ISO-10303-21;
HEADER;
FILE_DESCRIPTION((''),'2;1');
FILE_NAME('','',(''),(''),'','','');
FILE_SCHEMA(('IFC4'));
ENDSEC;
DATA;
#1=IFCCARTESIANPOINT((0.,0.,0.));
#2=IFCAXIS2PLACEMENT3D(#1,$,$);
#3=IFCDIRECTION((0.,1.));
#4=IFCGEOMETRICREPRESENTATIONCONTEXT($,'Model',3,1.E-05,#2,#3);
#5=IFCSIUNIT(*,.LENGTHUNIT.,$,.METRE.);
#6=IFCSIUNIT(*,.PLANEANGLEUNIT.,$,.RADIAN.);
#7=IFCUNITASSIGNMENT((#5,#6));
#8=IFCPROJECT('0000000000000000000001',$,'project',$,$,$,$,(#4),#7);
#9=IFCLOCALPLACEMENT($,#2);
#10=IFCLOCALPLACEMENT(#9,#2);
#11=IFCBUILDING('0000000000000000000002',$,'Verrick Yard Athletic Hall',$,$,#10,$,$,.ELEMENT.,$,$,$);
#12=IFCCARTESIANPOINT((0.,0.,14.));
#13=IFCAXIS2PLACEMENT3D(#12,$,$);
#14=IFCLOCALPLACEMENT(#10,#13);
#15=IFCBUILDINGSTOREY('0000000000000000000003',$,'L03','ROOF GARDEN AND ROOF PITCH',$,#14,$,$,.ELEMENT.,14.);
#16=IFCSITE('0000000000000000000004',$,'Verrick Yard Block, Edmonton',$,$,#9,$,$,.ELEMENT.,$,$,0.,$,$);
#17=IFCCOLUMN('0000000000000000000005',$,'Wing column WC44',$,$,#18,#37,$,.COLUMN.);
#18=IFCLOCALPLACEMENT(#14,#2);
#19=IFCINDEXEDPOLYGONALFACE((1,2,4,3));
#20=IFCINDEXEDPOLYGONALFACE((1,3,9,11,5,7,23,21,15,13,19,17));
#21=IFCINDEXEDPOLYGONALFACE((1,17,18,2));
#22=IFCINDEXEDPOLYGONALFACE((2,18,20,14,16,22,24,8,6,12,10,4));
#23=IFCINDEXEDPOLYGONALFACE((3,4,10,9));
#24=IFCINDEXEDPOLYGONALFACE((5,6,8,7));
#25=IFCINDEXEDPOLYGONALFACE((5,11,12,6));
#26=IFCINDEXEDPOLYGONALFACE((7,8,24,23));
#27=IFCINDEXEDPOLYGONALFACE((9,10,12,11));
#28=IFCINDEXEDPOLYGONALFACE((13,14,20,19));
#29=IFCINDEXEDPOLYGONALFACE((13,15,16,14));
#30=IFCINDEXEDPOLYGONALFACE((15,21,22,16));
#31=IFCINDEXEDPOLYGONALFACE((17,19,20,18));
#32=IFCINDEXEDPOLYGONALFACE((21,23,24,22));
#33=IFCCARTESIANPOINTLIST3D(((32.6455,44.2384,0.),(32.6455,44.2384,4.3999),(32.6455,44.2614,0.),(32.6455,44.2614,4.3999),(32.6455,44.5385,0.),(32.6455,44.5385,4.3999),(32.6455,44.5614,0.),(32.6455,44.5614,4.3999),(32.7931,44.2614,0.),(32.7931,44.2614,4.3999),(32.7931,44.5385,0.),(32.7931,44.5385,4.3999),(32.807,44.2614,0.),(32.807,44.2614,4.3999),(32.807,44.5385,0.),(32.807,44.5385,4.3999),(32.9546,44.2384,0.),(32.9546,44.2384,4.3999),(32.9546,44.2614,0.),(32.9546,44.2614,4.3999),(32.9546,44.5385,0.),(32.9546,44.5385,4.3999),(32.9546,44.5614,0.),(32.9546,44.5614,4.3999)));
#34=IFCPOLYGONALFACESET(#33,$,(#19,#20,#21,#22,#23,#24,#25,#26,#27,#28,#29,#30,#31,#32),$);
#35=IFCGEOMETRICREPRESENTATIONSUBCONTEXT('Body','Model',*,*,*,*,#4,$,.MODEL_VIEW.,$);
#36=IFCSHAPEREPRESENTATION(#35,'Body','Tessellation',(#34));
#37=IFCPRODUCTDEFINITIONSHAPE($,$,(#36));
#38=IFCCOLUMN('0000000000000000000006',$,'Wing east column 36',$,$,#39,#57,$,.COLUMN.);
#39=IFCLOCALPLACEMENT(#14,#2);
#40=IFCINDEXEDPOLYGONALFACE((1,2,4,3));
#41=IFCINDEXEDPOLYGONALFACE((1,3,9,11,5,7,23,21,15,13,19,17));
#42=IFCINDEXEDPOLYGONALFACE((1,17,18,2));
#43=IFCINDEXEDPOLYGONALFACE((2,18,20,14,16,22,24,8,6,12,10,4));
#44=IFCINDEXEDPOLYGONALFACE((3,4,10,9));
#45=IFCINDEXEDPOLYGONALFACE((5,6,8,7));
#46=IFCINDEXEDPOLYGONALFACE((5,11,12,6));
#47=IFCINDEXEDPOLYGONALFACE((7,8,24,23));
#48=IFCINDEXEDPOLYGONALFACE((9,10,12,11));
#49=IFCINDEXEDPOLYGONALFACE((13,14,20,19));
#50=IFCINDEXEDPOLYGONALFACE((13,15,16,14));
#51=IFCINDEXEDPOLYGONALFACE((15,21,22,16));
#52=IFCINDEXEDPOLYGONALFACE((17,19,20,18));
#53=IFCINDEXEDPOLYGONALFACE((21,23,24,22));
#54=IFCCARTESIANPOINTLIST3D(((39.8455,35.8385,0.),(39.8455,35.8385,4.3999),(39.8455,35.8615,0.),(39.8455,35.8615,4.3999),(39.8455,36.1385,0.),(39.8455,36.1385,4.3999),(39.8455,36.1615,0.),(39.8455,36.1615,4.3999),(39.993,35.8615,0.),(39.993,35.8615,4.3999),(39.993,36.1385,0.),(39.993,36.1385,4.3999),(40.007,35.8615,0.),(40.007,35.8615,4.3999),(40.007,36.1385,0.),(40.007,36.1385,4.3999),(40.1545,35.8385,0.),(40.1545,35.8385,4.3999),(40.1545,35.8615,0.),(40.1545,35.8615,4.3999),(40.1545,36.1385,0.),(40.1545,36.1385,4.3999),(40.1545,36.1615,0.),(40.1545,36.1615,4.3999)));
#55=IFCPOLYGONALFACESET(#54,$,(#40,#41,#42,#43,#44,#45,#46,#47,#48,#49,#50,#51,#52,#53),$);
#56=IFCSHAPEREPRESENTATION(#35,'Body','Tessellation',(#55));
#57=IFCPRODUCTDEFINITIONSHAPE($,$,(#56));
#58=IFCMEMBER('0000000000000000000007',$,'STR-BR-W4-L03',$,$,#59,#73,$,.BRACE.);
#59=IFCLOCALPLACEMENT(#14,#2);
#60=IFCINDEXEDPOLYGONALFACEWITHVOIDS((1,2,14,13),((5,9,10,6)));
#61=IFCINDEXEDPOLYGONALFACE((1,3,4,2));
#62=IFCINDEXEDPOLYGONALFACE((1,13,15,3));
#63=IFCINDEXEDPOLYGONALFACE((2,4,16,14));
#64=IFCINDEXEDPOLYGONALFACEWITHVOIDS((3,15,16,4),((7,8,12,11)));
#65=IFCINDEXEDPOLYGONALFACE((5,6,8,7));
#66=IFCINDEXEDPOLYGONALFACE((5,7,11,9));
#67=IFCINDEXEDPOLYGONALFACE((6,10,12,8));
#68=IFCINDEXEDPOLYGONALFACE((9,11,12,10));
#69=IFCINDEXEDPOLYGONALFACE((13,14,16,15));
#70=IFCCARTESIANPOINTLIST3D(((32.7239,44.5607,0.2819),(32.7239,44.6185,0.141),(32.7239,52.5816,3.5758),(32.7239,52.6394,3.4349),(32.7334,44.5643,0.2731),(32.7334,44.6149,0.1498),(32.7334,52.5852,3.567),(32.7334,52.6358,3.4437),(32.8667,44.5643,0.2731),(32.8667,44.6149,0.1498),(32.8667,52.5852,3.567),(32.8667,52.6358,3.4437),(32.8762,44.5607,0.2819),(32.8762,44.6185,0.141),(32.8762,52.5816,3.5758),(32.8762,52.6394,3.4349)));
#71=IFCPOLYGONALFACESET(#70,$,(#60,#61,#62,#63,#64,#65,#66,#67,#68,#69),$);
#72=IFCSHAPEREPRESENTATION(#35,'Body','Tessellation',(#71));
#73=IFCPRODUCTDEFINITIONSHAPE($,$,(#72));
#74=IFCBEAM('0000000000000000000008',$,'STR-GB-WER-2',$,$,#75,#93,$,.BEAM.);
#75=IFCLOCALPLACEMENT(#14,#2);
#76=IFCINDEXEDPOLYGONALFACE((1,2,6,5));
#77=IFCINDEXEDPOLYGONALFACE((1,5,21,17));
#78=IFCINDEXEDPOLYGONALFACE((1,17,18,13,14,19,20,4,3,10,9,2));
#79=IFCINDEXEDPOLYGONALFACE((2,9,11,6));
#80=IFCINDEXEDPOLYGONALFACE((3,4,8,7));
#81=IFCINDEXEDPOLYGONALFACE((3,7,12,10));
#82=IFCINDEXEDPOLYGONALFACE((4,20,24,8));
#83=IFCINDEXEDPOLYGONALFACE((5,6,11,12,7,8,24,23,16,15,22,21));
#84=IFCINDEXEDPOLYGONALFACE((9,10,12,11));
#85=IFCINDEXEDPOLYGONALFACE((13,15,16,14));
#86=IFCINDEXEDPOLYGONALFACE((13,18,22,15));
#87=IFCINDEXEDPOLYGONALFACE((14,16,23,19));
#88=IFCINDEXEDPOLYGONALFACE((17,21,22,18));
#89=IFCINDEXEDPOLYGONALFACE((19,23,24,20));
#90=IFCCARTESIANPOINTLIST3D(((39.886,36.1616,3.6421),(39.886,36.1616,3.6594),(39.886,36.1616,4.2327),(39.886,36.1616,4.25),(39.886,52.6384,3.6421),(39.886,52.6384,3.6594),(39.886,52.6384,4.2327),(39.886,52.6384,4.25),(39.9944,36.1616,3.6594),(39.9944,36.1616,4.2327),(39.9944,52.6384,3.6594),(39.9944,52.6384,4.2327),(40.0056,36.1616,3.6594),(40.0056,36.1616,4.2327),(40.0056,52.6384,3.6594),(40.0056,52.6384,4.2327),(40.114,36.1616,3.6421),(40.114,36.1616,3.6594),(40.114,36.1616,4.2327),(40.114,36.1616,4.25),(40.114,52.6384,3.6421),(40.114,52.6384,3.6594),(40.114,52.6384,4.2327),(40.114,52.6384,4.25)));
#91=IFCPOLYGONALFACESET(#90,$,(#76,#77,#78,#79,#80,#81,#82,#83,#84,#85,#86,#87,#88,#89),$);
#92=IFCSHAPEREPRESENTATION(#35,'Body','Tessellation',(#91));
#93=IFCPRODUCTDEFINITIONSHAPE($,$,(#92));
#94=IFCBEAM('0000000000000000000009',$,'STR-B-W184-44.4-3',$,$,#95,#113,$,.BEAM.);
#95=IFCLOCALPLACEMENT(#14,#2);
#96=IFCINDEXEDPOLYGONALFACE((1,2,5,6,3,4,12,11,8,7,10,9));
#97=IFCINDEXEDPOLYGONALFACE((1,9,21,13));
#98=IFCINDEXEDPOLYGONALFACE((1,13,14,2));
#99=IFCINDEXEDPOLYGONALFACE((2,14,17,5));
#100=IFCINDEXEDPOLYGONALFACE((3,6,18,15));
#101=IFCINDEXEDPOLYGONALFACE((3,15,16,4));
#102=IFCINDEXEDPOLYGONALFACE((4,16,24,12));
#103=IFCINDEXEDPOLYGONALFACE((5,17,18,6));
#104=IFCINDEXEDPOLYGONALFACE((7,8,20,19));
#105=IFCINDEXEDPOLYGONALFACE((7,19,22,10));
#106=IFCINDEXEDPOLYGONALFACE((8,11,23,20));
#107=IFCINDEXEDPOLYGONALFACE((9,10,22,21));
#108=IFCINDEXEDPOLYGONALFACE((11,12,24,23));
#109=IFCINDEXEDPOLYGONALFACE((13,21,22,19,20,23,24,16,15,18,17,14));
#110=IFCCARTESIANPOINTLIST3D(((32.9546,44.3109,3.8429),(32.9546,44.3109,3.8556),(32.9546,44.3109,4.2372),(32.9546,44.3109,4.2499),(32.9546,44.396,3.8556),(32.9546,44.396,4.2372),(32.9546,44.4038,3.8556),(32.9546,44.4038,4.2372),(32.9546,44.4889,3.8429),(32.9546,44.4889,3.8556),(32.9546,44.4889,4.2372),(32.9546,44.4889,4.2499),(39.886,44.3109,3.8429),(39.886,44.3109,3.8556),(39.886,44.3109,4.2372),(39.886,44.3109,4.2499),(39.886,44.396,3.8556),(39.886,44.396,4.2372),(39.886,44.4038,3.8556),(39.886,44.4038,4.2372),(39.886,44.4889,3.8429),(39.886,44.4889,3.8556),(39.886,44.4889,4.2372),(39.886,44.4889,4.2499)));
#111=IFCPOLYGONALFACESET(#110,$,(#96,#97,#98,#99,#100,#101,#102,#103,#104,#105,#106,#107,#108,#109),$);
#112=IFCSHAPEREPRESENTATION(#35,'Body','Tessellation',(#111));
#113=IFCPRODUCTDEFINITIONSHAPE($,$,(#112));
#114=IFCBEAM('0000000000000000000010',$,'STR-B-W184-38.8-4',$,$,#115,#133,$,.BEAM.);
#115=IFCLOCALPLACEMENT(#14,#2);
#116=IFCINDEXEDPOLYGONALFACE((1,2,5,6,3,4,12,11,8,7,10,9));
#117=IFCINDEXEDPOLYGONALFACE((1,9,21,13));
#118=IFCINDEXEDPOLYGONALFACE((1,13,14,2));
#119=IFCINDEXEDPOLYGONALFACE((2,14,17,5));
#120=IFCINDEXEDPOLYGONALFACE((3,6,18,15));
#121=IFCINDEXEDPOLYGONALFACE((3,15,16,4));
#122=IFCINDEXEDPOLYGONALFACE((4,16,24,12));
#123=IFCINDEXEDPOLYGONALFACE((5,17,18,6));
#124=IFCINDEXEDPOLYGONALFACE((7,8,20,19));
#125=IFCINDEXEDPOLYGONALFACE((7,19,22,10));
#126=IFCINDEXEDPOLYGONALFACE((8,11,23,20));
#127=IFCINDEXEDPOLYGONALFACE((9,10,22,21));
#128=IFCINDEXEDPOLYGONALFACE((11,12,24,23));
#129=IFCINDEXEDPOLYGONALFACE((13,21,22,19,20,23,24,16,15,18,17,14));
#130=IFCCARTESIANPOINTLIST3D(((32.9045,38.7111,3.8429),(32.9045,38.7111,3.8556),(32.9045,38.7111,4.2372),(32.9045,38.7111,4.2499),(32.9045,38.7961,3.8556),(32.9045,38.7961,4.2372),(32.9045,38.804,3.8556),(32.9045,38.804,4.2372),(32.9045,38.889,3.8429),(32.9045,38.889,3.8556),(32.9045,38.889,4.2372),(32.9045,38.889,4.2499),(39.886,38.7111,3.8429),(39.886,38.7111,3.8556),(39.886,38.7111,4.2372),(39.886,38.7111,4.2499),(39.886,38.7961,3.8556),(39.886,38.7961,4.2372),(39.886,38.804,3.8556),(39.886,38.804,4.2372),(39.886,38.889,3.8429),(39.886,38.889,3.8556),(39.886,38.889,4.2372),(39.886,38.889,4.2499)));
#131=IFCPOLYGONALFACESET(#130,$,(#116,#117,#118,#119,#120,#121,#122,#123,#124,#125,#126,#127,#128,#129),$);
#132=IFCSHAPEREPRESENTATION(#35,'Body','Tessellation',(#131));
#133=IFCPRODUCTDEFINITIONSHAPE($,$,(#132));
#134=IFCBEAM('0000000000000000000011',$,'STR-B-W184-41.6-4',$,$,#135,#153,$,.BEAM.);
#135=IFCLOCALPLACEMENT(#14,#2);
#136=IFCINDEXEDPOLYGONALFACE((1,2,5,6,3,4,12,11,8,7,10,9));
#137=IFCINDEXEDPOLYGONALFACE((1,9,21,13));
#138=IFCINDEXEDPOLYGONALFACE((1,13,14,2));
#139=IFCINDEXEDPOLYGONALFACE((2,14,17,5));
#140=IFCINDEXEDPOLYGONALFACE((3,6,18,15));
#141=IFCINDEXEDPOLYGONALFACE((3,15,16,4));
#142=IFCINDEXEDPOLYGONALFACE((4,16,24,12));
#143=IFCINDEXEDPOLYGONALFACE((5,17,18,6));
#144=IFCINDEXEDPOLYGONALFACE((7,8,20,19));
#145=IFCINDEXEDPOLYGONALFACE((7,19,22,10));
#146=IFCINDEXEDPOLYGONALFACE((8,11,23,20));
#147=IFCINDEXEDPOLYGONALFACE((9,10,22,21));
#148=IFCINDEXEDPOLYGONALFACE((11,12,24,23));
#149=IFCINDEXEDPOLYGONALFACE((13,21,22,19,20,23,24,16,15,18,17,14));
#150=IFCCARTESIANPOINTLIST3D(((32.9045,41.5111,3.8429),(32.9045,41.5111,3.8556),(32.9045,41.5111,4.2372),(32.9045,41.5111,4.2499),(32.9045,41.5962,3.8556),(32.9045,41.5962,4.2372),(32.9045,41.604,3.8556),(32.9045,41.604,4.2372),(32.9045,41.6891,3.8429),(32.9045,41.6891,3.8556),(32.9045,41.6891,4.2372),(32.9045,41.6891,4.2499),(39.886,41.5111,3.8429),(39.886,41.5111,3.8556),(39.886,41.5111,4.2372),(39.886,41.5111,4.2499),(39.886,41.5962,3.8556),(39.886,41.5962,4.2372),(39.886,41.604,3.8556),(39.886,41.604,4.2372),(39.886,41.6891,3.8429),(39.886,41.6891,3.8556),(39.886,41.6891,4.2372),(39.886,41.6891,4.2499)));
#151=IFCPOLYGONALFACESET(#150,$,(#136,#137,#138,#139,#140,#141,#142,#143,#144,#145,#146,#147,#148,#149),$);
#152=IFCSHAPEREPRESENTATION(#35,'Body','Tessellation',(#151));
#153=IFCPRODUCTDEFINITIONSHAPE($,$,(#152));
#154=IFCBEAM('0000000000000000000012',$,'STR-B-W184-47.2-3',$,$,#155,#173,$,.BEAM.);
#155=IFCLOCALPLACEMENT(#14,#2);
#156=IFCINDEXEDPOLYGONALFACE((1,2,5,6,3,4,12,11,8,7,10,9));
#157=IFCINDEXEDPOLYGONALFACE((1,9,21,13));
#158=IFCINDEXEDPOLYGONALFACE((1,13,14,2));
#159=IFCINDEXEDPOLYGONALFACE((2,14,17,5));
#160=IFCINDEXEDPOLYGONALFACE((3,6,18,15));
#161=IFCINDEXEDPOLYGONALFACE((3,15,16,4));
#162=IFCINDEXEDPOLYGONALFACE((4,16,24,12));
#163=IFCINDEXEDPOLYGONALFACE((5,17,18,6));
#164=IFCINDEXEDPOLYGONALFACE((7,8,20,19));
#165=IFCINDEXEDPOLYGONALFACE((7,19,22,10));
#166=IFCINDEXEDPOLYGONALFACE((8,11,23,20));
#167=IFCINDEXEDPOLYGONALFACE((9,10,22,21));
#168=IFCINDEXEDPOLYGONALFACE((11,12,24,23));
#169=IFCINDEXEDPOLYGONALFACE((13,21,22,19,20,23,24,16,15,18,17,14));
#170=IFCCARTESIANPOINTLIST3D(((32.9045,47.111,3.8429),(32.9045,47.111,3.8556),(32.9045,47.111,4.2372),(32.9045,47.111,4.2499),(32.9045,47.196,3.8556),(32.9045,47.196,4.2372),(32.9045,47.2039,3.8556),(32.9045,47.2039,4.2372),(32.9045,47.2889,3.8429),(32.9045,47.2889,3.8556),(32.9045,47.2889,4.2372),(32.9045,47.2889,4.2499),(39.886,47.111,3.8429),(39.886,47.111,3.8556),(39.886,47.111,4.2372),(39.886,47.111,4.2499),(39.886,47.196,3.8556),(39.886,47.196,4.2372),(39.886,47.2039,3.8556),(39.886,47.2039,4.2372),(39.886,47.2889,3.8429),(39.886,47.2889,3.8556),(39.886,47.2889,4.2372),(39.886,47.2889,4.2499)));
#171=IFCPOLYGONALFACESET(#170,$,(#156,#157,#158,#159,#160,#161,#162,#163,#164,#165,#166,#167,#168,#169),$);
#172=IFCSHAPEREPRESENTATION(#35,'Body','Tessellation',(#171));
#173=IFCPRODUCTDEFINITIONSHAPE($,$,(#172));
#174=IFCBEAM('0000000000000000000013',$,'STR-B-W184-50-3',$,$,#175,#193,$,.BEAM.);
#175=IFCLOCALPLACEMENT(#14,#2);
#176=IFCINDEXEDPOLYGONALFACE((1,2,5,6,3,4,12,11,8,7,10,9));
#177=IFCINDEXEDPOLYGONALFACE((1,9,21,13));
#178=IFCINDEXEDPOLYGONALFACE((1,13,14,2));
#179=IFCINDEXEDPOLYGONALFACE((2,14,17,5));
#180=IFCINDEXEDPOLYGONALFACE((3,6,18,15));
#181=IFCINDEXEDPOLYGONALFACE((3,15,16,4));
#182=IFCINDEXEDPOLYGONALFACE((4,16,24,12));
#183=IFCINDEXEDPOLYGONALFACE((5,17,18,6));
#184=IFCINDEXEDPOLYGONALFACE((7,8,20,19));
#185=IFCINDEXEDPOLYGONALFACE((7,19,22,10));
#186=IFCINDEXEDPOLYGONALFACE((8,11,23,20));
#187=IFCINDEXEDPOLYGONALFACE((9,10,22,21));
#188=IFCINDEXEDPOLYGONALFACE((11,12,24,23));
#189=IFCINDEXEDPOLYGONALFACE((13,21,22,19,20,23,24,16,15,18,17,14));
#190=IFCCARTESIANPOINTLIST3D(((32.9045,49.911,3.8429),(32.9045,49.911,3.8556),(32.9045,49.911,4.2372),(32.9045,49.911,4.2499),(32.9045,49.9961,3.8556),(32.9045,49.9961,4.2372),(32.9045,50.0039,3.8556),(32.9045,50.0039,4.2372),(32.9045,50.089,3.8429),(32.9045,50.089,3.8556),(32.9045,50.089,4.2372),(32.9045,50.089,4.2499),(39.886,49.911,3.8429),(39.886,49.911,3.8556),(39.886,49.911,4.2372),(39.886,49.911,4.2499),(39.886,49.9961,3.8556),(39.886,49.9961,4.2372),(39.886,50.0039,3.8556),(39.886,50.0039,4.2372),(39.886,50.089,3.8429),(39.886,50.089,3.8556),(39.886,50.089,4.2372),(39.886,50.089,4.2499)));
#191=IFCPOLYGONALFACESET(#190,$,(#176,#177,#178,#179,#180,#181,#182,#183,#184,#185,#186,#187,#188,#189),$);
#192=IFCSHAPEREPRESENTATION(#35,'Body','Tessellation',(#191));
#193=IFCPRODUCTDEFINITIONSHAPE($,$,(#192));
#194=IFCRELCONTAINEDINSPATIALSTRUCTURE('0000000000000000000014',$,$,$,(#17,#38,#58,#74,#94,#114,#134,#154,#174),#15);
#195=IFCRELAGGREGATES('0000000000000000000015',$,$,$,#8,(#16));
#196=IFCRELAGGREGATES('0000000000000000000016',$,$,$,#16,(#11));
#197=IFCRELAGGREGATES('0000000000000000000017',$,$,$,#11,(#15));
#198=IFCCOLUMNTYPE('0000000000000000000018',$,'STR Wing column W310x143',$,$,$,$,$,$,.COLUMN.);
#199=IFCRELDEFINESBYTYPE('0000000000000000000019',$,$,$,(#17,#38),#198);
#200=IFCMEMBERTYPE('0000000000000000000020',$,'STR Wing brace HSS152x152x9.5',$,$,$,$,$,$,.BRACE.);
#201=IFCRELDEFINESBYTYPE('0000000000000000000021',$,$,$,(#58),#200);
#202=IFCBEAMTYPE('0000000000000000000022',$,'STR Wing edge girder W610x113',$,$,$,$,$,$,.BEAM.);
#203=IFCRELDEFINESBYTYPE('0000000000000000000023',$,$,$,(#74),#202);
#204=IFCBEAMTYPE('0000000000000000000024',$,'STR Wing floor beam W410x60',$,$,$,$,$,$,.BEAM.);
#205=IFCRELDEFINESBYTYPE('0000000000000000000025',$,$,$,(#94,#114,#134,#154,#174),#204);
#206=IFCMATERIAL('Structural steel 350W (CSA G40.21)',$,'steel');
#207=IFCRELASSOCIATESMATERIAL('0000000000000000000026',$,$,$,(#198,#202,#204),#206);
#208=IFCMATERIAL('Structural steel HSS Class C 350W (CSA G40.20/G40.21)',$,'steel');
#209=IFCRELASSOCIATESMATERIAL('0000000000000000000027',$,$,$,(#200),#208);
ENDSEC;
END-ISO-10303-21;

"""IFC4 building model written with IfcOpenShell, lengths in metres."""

from ifc_helpers import new_model, si_unit, direction, frame, origin, origin_2d, place, context, subcontext, project, spatial, hollow_rectangle, i_section, extrude, material, material_profile, profile_set, type_object, element, save


model = new_model("IFC4")

# Units and contexts
model_context = context("Model", 3, precision=1e-05, world=origin(), true_north=direction((0.0, 1.0)))
body_context = subcontext(model_context, "Body", "Model", "MODEL_VIEW")
ifc_project = project(units=[si_unit("LENGTHUNIT", "METRE"), si_unit("PLANEANGLEUNIT", "RADIAN")], contexts=[model_context])

# Site, building, storey
site_placement = place(None, origin())
site = spatial("IfcSite", under=ifc_project, at=site_placement, Name="Verrick Yard Block, Edmonton", CompositionType="ELEMENT", RefElevation=0.0)
building_placement = place(site_placement, origin())
building = spatial("IfcBuilding", under=site, at=building_placement, Name="Verrick Yard Athletic Hall", CompositionType="ELEMENT")
storey_placement = place(building_placement, frame((0.0, 0.0, 14.0)))
storey = spatial("IfcBuildingStorey", under=building, at=storey_placement, Name="L03", Description="ROOF GARDEN AND ROOF PITCH", CompositionType="ELEMENT", Elevation=14.0)

# Columns
ifc_material_1 = material(Name="Structural steel 350W (CSA G40.21)", Category="steel")
ifc_material_profile_1 = material_profile(ifc_material_1, i_section(OverallWidth=0.3091, OverallDepth=0.323, WebThickness=0.0139, FlangeThickness=0.0229, at=origin_2d()), Name="W310x143")
ifc_profile_set_1 = profile_set([ifc_material_profile_1], Name="Structural steel 350W (CSA G40.21)")
column_type = type_object("IfcColumnType", Name="STR Wing column W310x143", PredefinedType="COLUMN", material=ifc_profile_set_1)
for number, where, z_axis, x_axis, name in (
    (1, (32.8, 44.3999, 0.0), (0.0, 0.0, 1.0), (1.0, 0.0, 0.0), "Wing column WC44"),
    (2, (40.0, 36.0, 0.0), (0.0, 0.0, 1.0), (1.0, 0.0, 0.0), "Wing east column 36"),
):
    element("IfcColumn", number, at=place(storey_placement, frame(where, z_axis=z_axis, x_axis=x_axis)), inside=storey, type_object=column_type, Name=name, PredefinedType="COLUMN", context=body_context, shape_type="SweptSolid", body=[
        extrude(i_section(OverallWidth=0.3091, OverallDepth=0.323, WebThickness=0.0139, FlangeThickness=0.0229, at=origin_2d()), origin(), (0.0, 0.0, 1.0), 4.3999),
    ])

# Member
ifc_material_2 = material(Name="Structural steel HSS Class C 350W (CSA G40.20/G40.21)", Category="steel")
ifc_material_profile_2 = material_profile(ifc_material_2, hollow_rectangle(XDim=0.1523, YDim=0.1523, WallThickness=0.0095, at=origin_2d()), Name="HSS152x152x9.5")
ifc_profile_set_2 = profile_set([ifc_material_profile_2], Name="Structural steel HSS Class C 350W (CSA G40.20/G40.21)")
member_type = type_object("IfcMemberType", Name="STR Wing brace HSS152x152x9.5", PredefinedType="BRACE", material=ifc_profile_set_2)
member_placement = place(storey_placement, frame((32.8, 44.5896, 0.2114), z_axis=(0.0, 0.925036, 0.37988), x_axis=(-1.0, 0.0, 0.0)))
element("IfcMember", 3, at=member_placement, inside=storey, type_object=member_type, Name="STR-BR-W4-L03", PredefinedType="BRACE", context=body_context, shape_type="SweptSolid", body=[
    extrude(hollow_rectangle(XDim=0.1523, YDim=0.1523, WallThickness=0.0095, at=origin_2d()), origin(), (0.0, 0.0, 1.0), 8.6709),
])

# Beams
ifc_material_profile_3 = material_profile(ifc_material_1, i_section(OverallWidth=0.228, OverallDepth=0.6079, WebThickness=0.0112, FlangeThickness=0.0173, at=origin_2d()), Name="W610x113")
ifc_profile_set_3 = profile_set([ifc_material_profile_3], Name="Structural steel 350W (CSA G40.21)")
beam_type_1 = type_object("IfcBeamType", Name="STR Wing edge girder W610x113", PredefinedType="BEAM", material=ifc_profile_set_3)
beam_1_placement = place(storey_placement, frame((40.0, 36.1616, 3.946), z_axis=(0.0, 1.0, 0.0), x_axis=(-1.0, 0.0, 0.0)))
element("IfcBeam", 4, at=beam_1_placement, inside=storey, type_object=beam_type_1, Name="STR-GB-WER-2", PredefinedType="BEAM", context=body_context, shape_type="SweptSolid", body=[
    extrude(i_section(OverallWidth=0.228, OverallDepth=0.6079, WebThickness=0.0112, FlangeThickness=0.0173, at=origin_2d()), origin(), (0.0, 0.0, 1.0), 16.4768),
])
ifc_material_profile_4 = material_profile(ifc_material_1, i_section(OverallWidth=0.178, OverallDepth=0.407, WebThickness=0.0078, FlangeThickness=0.0127, at=origin_2d()), Name="W410x60")
ifc_profile_set_4 = profile_set([ifc_material_profile_4], Name="Structural steel 350W (CSA G40.21)")
beam_type_2 = type_object("IfcBeamType", Name="STR Wing floor beam W410x60", PredefinedType="BEAM", material=ifc_profile_set_4)
beam_2_placement = place(storey_placement, frame((32.9546, 44.3999, 4.0464), z_axis=(1.0, 0.0, 0.0), x_axis=(0.0, 1.0, 0.0)))
element("IfcBeam", 5, at=beam_2_placement, inside=storey, type_object=beam_type_2, Name="STR-B-W184-44.4-3", PredefinedType="BEAM", context=body_context, shape_type="SweptSolid", body=[
    extrude(i_section(OverallWidth=0.178, OverallDepth=0.407, WebThickness=0.0078, FlangeThickness=0.0127, at=origin_2d()), origin(), (0.0, 0.0, 1.0), 6.9314),
])
for number, where, z_axis, x_axis, name in (
    (6, (32.9045, 38.8, 4.0464), (1.0, 0.0, 0.0), (0.0, 1.0, 0.0), "STR-B-W184-38.8-4"),
    (7, (32.9045, 41.6001, 4.0464), (1.0, 0.0, 0.0), (0.0, 1.0, 0.0), "STR-B-W184-41.6-4"),
    (8, (32.9045, 47.2, 4.0464), (1.0, 0.0, 0.0), (0.0, 1.0, 0.0), "STR-B-W184-47.2-3"),
    (9, (32.9045, 50.0, 4.0464), (1.0, 0.0, 0.0), (0.0, 1.0, 0.0), "STR-B-W184-50-3"),
):
    element("IfcBeam", number, at=place(storey_placement, frame(where, z_axis=z_axis, x_axis=x_axis)), inside=storey, type_object=beam_type_2, Name=name, PredefinedType="BEAM", context=body_context, shape_type="SweptSolid", body=[
        extrude(i_section(OverallWidth=0.178, OverallDepth=0.407, WebThickness=0.0078, FlangeThickness=0.0127, at=origin_2d()), origin(), (0.0, 0.0, 1.0), 6.9814),
    ])

save(model, "model.ifc")
